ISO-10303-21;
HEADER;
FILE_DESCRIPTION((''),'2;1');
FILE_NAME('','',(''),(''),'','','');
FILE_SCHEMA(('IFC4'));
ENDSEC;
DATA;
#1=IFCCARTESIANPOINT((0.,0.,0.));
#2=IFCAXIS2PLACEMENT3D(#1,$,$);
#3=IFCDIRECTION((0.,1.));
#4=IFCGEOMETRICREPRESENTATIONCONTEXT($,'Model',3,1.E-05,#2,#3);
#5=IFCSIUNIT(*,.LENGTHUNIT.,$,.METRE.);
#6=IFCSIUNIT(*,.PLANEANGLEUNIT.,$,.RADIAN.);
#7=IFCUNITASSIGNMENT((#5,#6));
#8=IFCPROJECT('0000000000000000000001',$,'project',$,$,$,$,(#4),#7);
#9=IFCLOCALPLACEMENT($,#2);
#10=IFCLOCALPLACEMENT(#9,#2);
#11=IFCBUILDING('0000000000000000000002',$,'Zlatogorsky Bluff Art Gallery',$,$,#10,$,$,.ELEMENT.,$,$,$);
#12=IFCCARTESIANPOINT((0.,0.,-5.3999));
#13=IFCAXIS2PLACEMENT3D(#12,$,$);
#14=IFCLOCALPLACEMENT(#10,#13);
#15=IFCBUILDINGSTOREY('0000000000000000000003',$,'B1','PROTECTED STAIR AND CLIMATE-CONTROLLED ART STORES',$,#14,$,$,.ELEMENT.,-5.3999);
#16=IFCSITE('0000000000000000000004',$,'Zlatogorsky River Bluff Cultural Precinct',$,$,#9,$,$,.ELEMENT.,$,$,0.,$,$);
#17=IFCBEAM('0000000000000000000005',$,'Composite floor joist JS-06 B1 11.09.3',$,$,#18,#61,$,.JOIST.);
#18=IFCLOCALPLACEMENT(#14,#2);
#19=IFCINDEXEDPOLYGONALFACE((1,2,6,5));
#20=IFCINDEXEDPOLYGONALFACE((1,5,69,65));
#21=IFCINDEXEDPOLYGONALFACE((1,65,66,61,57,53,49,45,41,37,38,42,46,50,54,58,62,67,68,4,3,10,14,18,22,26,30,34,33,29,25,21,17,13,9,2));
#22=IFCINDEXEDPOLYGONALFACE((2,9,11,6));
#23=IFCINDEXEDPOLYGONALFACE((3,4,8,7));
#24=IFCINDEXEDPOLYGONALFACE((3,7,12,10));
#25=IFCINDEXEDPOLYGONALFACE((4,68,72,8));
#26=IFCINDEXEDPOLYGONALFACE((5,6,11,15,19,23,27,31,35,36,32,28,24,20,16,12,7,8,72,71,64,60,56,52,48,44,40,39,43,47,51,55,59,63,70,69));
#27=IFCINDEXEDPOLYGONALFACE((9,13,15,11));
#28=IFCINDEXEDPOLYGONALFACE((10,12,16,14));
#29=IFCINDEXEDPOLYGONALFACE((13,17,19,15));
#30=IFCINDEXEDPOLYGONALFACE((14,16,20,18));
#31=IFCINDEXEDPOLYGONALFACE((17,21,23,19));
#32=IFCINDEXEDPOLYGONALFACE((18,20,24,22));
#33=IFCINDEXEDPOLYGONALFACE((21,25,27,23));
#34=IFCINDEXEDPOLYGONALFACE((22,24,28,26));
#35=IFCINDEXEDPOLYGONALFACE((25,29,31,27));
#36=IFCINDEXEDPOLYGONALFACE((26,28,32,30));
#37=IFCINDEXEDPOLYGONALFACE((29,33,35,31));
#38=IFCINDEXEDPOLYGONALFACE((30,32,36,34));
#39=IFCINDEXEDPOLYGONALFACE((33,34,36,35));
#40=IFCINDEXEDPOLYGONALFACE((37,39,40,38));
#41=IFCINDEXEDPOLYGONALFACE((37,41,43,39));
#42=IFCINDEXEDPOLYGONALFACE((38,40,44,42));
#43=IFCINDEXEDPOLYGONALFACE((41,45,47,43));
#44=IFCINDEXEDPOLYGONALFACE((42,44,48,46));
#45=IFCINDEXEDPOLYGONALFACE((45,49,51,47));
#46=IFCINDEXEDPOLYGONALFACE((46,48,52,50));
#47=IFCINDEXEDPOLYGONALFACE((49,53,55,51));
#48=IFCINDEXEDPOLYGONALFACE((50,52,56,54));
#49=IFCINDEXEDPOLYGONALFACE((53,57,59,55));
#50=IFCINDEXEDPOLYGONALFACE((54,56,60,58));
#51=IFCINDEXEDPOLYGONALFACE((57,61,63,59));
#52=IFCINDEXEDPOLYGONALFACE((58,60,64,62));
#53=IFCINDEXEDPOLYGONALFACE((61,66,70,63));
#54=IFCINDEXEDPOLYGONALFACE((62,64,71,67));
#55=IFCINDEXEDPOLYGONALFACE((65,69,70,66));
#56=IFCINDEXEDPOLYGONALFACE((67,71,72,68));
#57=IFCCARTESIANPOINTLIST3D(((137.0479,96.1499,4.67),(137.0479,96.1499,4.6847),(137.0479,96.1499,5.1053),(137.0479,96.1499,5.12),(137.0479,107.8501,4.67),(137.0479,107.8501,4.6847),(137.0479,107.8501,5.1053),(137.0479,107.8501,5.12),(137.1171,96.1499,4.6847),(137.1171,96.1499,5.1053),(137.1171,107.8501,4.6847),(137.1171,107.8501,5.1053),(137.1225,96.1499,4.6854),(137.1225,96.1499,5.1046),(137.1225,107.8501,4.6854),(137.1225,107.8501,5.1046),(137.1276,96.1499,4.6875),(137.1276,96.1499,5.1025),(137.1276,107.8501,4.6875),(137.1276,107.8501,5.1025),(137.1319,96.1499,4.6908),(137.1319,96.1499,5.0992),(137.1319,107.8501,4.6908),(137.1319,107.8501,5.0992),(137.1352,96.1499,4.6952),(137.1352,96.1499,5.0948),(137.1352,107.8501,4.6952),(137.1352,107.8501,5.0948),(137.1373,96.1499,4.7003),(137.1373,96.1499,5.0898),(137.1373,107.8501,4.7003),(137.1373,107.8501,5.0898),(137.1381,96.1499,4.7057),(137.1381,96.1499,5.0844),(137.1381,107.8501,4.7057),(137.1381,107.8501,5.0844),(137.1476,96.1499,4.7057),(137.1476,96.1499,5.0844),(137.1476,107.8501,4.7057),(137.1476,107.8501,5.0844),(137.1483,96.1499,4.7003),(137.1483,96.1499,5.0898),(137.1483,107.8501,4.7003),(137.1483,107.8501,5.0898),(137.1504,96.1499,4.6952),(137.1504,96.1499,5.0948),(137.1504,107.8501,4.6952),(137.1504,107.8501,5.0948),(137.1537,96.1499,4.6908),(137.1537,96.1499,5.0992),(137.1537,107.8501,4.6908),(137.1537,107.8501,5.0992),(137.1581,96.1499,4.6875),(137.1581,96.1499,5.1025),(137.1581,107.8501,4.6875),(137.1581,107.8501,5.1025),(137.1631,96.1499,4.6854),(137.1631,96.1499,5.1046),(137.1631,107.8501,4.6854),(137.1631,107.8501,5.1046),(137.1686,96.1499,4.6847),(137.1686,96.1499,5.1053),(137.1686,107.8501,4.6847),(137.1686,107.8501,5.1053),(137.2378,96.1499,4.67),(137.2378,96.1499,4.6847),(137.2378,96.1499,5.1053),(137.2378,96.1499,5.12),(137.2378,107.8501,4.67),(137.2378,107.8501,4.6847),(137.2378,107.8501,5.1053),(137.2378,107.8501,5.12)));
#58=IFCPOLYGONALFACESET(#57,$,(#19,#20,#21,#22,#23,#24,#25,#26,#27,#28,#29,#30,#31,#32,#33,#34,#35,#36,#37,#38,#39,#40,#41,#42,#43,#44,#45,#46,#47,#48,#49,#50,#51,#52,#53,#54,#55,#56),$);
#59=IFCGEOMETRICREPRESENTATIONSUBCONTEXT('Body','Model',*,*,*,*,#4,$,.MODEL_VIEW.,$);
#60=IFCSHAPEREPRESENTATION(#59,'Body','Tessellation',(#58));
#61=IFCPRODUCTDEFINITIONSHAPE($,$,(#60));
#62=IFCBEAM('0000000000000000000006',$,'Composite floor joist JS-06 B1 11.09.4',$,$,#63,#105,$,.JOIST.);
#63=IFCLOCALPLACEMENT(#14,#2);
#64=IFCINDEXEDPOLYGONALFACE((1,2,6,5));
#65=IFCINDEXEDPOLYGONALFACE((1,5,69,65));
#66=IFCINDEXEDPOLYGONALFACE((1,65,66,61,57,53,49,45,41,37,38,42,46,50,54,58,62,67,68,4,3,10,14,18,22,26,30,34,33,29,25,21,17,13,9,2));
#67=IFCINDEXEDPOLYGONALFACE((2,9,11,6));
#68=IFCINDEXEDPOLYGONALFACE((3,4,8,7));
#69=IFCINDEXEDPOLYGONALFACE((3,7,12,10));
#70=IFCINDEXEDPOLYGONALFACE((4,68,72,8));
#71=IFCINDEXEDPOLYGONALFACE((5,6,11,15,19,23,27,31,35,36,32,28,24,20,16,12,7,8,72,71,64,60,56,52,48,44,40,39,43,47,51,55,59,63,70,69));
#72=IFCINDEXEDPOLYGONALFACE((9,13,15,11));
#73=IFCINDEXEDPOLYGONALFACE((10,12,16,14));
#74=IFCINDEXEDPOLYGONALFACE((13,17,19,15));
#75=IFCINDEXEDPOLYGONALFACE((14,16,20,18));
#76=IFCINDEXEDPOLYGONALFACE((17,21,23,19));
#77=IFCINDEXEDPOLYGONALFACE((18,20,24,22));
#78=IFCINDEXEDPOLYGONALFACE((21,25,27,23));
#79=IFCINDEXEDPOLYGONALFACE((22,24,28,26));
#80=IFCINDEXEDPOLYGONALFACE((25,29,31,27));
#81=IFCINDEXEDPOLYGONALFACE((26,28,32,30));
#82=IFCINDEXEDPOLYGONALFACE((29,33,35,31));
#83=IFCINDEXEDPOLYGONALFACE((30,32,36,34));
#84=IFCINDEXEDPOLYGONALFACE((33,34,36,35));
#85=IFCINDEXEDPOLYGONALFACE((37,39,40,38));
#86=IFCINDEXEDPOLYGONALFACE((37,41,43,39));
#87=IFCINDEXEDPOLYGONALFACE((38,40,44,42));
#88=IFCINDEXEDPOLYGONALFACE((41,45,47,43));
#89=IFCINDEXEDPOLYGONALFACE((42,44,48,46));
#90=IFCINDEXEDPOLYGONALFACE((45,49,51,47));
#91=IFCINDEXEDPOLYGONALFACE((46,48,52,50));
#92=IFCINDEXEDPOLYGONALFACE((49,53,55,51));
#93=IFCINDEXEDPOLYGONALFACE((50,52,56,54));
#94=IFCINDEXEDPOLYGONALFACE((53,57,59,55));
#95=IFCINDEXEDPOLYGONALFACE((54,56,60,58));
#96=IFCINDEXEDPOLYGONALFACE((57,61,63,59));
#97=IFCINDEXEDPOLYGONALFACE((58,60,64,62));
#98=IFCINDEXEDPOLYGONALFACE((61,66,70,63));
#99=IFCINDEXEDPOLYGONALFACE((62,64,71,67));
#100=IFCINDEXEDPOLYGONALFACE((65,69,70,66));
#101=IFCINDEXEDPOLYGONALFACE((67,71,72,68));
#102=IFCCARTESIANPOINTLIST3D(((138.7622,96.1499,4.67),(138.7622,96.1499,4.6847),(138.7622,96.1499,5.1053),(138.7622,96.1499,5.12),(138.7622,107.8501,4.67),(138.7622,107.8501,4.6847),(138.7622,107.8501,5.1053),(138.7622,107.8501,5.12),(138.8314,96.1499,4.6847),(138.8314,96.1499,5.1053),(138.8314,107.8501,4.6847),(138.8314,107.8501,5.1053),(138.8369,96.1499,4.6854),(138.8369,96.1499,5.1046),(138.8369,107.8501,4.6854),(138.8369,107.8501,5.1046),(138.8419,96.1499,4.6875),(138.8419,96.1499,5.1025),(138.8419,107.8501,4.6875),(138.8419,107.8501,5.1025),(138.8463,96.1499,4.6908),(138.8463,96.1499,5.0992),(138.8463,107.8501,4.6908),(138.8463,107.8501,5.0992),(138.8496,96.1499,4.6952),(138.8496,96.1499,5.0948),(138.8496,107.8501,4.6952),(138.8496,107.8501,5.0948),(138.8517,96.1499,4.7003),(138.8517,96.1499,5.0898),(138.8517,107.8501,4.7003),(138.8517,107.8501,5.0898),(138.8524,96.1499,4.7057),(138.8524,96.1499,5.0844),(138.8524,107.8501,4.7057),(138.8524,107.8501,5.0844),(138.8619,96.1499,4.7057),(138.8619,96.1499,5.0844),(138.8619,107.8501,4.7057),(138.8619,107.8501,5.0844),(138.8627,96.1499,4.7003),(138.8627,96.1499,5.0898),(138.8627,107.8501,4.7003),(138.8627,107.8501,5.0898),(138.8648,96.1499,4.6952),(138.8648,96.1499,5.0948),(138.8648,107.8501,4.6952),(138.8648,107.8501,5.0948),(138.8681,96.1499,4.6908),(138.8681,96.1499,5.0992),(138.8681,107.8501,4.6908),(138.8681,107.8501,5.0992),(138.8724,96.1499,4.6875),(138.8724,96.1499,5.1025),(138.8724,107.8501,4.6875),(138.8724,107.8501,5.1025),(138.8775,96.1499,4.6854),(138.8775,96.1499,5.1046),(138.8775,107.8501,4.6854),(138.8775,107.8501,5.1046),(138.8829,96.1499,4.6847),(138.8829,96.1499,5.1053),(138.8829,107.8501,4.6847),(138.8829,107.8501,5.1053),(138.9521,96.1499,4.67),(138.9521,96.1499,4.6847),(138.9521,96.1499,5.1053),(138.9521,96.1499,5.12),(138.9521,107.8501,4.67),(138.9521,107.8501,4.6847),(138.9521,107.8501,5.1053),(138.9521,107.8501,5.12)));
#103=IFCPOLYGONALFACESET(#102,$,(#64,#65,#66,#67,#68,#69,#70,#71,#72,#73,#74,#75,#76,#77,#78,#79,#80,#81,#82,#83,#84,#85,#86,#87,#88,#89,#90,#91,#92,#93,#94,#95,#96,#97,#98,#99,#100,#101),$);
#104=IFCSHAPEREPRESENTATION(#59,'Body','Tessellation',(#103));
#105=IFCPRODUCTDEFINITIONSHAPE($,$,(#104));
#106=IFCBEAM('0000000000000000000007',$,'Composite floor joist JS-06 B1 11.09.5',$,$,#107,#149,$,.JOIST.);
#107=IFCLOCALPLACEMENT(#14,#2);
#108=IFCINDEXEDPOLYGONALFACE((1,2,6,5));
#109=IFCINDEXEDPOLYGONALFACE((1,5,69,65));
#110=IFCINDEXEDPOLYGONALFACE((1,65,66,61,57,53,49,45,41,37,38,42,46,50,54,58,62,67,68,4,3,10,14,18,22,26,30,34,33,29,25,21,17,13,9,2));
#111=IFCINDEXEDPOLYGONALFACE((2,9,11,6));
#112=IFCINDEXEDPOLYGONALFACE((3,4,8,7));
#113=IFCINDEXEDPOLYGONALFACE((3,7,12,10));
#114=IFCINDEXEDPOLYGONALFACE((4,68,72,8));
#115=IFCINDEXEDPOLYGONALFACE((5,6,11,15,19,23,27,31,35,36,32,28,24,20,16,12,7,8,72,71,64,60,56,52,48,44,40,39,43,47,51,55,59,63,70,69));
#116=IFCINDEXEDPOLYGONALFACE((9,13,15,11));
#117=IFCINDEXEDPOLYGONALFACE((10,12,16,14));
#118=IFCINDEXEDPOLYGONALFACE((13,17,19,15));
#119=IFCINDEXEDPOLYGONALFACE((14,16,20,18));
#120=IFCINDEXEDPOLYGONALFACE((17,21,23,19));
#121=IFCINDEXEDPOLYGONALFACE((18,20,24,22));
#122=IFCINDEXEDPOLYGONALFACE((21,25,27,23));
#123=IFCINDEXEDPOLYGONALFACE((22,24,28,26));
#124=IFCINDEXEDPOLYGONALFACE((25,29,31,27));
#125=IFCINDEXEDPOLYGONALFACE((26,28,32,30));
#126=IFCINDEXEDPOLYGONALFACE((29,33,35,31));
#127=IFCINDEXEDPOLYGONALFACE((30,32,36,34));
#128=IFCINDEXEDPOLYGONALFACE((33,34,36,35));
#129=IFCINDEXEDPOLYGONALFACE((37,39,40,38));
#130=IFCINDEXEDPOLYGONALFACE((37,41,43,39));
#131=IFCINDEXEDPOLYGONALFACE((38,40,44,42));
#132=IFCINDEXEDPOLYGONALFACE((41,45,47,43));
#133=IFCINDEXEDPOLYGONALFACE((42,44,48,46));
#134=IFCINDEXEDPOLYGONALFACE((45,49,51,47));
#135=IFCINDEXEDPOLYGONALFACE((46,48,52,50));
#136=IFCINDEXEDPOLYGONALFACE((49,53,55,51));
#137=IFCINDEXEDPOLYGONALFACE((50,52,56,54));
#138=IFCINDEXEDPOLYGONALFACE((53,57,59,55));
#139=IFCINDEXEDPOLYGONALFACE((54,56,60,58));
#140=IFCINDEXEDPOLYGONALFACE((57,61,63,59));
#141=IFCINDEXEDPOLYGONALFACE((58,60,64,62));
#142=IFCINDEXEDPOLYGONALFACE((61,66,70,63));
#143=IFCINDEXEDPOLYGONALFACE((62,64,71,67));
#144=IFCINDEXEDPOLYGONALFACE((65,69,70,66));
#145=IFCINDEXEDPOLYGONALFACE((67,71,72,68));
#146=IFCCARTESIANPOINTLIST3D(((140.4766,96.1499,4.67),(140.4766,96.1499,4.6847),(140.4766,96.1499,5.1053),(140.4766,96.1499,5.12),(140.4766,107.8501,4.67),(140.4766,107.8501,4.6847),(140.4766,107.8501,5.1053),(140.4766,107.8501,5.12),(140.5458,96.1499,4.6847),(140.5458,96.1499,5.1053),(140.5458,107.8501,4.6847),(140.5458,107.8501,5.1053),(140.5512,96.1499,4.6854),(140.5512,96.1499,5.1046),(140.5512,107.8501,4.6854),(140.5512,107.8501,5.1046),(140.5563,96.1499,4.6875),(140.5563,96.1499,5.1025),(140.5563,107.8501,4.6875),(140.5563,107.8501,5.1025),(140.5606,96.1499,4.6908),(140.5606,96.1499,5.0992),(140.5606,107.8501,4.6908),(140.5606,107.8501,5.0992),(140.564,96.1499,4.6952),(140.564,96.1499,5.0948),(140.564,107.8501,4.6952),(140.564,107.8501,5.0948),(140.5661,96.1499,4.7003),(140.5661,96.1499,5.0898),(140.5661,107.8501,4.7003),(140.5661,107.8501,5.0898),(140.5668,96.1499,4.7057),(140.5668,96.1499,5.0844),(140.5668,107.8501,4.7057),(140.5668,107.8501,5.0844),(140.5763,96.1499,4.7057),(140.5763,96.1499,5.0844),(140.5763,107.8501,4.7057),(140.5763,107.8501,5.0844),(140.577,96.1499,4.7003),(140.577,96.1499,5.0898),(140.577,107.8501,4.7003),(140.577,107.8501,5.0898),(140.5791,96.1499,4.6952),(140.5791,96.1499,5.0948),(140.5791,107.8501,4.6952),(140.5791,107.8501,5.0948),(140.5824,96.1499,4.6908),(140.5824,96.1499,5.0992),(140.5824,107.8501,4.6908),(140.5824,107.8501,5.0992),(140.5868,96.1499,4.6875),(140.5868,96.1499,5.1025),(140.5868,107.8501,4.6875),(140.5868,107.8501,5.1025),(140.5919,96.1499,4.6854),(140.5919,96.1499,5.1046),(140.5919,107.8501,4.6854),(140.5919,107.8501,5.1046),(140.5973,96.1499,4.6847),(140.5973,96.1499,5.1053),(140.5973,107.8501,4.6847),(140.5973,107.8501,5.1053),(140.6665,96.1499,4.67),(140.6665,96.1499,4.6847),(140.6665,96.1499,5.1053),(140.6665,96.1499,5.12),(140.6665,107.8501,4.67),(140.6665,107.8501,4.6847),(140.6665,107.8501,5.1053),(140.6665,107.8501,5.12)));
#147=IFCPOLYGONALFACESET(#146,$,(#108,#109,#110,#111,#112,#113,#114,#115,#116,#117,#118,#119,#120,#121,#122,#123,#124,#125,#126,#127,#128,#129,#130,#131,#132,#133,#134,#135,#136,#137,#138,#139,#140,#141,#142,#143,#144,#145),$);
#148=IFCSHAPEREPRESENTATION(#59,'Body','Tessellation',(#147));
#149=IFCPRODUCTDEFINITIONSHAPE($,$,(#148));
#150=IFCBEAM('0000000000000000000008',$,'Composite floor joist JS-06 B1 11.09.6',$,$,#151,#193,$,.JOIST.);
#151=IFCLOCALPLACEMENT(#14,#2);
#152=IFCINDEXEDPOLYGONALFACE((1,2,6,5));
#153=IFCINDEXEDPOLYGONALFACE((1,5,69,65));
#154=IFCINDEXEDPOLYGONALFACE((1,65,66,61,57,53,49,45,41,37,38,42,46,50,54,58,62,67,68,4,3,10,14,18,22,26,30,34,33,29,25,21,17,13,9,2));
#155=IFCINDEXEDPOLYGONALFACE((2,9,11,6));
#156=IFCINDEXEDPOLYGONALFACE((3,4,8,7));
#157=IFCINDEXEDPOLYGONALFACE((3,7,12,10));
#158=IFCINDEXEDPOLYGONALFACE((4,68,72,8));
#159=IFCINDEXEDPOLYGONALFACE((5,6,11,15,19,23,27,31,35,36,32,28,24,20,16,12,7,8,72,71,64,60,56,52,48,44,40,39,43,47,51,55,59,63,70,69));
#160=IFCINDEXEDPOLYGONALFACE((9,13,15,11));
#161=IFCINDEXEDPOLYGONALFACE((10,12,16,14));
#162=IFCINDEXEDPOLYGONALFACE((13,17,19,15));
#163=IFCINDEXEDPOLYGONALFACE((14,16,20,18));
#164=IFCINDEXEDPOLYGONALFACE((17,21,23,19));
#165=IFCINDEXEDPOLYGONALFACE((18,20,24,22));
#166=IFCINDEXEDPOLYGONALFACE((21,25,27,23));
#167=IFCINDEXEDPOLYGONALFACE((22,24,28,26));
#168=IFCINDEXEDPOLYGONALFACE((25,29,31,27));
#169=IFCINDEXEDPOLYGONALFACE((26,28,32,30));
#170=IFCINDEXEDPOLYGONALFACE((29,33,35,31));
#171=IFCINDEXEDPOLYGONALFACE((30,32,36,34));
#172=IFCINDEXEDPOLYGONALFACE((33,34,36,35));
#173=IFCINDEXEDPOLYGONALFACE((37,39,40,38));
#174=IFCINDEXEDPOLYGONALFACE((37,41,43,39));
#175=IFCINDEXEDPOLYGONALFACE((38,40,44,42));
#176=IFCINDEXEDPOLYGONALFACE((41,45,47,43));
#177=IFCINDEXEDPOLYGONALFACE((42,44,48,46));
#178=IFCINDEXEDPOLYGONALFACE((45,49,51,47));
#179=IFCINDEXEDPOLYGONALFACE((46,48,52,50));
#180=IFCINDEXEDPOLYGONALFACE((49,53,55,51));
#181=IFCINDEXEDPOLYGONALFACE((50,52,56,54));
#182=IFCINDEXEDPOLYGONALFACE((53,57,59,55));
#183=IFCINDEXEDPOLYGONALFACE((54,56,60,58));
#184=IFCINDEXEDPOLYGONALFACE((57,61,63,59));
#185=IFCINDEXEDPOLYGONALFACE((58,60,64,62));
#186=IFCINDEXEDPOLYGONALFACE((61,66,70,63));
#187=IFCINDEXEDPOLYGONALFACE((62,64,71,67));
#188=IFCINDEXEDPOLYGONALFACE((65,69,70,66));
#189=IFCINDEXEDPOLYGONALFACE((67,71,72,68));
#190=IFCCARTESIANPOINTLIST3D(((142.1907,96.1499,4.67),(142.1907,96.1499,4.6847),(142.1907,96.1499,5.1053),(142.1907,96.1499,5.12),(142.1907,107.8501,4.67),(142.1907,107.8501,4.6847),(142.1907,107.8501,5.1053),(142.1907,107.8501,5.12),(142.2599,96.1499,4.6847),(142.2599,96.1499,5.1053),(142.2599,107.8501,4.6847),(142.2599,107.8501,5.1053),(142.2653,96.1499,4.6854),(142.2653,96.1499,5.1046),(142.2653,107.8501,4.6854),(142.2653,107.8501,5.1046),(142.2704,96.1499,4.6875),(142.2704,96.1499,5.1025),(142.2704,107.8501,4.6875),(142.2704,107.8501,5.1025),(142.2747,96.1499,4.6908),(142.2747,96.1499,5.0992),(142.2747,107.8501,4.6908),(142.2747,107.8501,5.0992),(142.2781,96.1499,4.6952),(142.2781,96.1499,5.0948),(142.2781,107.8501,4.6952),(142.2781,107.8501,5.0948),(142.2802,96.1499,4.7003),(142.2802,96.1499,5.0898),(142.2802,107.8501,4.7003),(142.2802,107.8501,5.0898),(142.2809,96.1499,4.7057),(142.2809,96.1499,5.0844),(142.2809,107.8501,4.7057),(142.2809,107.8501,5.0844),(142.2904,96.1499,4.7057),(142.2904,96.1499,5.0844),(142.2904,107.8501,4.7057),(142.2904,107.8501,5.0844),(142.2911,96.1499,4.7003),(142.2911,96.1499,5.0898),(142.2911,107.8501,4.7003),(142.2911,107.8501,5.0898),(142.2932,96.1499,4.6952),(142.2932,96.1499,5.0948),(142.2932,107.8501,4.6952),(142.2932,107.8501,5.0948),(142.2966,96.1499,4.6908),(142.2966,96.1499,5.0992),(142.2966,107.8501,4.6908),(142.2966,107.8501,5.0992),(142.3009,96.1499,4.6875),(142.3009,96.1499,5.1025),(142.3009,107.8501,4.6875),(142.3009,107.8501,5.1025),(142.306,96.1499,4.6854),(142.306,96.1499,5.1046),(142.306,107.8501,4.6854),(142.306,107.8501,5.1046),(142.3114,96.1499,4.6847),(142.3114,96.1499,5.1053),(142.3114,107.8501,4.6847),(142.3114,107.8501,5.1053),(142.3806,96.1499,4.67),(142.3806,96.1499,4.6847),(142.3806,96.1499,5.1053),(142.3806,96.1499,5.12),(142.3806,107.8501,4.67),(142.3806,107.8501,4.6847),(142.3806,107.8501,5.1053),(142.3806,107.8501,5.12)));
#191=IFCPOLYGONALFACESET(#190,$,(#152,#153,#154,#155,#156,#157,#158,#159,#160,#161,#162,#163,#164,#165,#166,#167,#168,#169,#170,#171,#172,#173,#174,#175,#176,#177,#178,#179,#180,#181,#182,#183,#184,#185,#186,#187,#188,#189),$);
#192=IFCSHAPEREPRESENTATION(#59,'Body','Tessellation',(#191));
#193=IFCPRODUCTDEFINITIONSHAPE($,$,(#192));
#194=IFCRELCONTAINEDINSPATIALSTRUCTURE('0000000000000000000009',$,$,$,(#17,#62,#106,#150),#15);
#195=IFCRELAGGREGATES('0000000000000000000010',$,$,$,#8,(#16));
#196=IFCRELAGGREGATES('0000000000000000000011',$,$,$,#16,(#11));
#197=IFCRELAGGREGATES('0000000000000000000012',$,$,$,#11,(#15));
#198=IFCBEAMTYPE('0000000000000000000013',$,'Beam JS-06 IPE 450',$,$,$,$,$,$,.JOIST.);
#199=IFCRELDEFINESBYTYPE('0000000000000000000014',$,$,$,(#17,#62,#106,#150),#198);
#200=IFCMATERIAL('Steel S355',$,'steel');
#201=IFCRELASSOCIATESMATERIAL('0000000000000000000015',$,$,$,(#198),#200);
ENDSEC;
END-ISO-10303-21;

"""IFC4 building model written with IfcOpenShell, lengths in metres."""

from ifc_helpers import new_model, si_unit, direction, frame, origin, origin_2d, place, context, subcontext, project, spatial, i_section, extrude, material, material_profile, profile_set, type_object, element, save


model = new_model("IFC4")

# Units and contexts
model_context = context("Model", 3, precision=1e-05, world=origin(), true_north=direction((0.0, 1.0)))
body_context = subcontext(model_context, "Body", "Model", "MODEL_VIEW")
ifc_project = project(units=[si_unit("LENGTHUNIT", "METRE"), si_unit("PLANEANGLEUNIT", "RADIAN")], contexts=[model_context])

# Site, building, storey
site_placement = place(None, origin())
site = spatial("IfcSite", under=ifc_project, at=site_placement, Name="Zlatogorsky River Bluff Cultural Precinct", CompositionType="ELEMENT", RefElevation=0.0)
building_placement = place(site_placement, origin())
building = spatial("IfcBuilding", under=site, at=building_placement, Name="Zlatogorsky Bluff Art Gallery", CompositionType="ELEMENT")
storey_placement = place(building_placement, frame((0.0, 0.0, -5.3999)))
storey = spatial("IfcBuildingStorey", under=building, at=storey_placement, Name="B1", Description="PROTECTED STAIR AND CLIMATE-CONTROLLED ART STORES", CompositionType="ELEMENT", Elevation=-5.3999)

# Shared definitions
ifc_material_1 = material(Name="Steel S355", Category="steel")

# Beams
ifc_material_profile_1 = material_profile(ifc_material_1, i_section(OverallWidth=0.1899, OverallDepth=0.45, WebThickness=0.0095, FlangeThickness=0.0146, FilletRadius=0.021, at=origin_2d()), Name="IPE 450")
ifc_profile_set_1 = profile_set([ifc_material_profile_1], Name="Steel S355")
beam_type_1 = type_object("IfcBeamType", Name="Beam JS-06 IPE 450", PredefinedType="JOIST", material=ifc_profile_set_1)
for number, where, z_axis, x_axis, name in (
    (1, (137.1428, 96.1499, 4.895), (0.0, 1.0, 0.0), (-1.0, 0.0, 0.0), "Composite floor joist JS-06 B1 11.09.3"),
    (2, (138.8572, 96.1499, 4.895), (0.0, 1.0, 0.0), (-1.0, 0.0, 0.0), "Composite floor joist JS-06 B1 11.09.4"),
    (3, (140.5715, 96.1499, 4.895), (0.0, 1.0, 0.0), (-1.0, 0.0, 0.0), "Composite floor joist JS-06 B1 11.09.5"),
    (4, (142.2856, 96.1499, 4.895), (0.0, 1.0, 0.0), (-1.0, 0.0, 0.0), "Composite floor joist JS-06 B1 11.09.6"),
):
    element("IfcBeam", number, at=place(storey_placement, frame(where, z_axis=z_axis, x_axis=x_axis)), inside=storey, type_object=beam_type_1, Name=name, PredefinedType="JOIST", context=body_context, shape_type="SweptSolid", body=[
        extrude(i_section(OverallWidth=0.1899, OverallDepth=0.45, WebThickness=0.0095, FlangeThickness=0.0146, FilletRadius=0.021, at=origin_2d()), origin(), (0.0, 0.0, 1.0), 11.7002),
    ])

save(model, "model.ifc")
